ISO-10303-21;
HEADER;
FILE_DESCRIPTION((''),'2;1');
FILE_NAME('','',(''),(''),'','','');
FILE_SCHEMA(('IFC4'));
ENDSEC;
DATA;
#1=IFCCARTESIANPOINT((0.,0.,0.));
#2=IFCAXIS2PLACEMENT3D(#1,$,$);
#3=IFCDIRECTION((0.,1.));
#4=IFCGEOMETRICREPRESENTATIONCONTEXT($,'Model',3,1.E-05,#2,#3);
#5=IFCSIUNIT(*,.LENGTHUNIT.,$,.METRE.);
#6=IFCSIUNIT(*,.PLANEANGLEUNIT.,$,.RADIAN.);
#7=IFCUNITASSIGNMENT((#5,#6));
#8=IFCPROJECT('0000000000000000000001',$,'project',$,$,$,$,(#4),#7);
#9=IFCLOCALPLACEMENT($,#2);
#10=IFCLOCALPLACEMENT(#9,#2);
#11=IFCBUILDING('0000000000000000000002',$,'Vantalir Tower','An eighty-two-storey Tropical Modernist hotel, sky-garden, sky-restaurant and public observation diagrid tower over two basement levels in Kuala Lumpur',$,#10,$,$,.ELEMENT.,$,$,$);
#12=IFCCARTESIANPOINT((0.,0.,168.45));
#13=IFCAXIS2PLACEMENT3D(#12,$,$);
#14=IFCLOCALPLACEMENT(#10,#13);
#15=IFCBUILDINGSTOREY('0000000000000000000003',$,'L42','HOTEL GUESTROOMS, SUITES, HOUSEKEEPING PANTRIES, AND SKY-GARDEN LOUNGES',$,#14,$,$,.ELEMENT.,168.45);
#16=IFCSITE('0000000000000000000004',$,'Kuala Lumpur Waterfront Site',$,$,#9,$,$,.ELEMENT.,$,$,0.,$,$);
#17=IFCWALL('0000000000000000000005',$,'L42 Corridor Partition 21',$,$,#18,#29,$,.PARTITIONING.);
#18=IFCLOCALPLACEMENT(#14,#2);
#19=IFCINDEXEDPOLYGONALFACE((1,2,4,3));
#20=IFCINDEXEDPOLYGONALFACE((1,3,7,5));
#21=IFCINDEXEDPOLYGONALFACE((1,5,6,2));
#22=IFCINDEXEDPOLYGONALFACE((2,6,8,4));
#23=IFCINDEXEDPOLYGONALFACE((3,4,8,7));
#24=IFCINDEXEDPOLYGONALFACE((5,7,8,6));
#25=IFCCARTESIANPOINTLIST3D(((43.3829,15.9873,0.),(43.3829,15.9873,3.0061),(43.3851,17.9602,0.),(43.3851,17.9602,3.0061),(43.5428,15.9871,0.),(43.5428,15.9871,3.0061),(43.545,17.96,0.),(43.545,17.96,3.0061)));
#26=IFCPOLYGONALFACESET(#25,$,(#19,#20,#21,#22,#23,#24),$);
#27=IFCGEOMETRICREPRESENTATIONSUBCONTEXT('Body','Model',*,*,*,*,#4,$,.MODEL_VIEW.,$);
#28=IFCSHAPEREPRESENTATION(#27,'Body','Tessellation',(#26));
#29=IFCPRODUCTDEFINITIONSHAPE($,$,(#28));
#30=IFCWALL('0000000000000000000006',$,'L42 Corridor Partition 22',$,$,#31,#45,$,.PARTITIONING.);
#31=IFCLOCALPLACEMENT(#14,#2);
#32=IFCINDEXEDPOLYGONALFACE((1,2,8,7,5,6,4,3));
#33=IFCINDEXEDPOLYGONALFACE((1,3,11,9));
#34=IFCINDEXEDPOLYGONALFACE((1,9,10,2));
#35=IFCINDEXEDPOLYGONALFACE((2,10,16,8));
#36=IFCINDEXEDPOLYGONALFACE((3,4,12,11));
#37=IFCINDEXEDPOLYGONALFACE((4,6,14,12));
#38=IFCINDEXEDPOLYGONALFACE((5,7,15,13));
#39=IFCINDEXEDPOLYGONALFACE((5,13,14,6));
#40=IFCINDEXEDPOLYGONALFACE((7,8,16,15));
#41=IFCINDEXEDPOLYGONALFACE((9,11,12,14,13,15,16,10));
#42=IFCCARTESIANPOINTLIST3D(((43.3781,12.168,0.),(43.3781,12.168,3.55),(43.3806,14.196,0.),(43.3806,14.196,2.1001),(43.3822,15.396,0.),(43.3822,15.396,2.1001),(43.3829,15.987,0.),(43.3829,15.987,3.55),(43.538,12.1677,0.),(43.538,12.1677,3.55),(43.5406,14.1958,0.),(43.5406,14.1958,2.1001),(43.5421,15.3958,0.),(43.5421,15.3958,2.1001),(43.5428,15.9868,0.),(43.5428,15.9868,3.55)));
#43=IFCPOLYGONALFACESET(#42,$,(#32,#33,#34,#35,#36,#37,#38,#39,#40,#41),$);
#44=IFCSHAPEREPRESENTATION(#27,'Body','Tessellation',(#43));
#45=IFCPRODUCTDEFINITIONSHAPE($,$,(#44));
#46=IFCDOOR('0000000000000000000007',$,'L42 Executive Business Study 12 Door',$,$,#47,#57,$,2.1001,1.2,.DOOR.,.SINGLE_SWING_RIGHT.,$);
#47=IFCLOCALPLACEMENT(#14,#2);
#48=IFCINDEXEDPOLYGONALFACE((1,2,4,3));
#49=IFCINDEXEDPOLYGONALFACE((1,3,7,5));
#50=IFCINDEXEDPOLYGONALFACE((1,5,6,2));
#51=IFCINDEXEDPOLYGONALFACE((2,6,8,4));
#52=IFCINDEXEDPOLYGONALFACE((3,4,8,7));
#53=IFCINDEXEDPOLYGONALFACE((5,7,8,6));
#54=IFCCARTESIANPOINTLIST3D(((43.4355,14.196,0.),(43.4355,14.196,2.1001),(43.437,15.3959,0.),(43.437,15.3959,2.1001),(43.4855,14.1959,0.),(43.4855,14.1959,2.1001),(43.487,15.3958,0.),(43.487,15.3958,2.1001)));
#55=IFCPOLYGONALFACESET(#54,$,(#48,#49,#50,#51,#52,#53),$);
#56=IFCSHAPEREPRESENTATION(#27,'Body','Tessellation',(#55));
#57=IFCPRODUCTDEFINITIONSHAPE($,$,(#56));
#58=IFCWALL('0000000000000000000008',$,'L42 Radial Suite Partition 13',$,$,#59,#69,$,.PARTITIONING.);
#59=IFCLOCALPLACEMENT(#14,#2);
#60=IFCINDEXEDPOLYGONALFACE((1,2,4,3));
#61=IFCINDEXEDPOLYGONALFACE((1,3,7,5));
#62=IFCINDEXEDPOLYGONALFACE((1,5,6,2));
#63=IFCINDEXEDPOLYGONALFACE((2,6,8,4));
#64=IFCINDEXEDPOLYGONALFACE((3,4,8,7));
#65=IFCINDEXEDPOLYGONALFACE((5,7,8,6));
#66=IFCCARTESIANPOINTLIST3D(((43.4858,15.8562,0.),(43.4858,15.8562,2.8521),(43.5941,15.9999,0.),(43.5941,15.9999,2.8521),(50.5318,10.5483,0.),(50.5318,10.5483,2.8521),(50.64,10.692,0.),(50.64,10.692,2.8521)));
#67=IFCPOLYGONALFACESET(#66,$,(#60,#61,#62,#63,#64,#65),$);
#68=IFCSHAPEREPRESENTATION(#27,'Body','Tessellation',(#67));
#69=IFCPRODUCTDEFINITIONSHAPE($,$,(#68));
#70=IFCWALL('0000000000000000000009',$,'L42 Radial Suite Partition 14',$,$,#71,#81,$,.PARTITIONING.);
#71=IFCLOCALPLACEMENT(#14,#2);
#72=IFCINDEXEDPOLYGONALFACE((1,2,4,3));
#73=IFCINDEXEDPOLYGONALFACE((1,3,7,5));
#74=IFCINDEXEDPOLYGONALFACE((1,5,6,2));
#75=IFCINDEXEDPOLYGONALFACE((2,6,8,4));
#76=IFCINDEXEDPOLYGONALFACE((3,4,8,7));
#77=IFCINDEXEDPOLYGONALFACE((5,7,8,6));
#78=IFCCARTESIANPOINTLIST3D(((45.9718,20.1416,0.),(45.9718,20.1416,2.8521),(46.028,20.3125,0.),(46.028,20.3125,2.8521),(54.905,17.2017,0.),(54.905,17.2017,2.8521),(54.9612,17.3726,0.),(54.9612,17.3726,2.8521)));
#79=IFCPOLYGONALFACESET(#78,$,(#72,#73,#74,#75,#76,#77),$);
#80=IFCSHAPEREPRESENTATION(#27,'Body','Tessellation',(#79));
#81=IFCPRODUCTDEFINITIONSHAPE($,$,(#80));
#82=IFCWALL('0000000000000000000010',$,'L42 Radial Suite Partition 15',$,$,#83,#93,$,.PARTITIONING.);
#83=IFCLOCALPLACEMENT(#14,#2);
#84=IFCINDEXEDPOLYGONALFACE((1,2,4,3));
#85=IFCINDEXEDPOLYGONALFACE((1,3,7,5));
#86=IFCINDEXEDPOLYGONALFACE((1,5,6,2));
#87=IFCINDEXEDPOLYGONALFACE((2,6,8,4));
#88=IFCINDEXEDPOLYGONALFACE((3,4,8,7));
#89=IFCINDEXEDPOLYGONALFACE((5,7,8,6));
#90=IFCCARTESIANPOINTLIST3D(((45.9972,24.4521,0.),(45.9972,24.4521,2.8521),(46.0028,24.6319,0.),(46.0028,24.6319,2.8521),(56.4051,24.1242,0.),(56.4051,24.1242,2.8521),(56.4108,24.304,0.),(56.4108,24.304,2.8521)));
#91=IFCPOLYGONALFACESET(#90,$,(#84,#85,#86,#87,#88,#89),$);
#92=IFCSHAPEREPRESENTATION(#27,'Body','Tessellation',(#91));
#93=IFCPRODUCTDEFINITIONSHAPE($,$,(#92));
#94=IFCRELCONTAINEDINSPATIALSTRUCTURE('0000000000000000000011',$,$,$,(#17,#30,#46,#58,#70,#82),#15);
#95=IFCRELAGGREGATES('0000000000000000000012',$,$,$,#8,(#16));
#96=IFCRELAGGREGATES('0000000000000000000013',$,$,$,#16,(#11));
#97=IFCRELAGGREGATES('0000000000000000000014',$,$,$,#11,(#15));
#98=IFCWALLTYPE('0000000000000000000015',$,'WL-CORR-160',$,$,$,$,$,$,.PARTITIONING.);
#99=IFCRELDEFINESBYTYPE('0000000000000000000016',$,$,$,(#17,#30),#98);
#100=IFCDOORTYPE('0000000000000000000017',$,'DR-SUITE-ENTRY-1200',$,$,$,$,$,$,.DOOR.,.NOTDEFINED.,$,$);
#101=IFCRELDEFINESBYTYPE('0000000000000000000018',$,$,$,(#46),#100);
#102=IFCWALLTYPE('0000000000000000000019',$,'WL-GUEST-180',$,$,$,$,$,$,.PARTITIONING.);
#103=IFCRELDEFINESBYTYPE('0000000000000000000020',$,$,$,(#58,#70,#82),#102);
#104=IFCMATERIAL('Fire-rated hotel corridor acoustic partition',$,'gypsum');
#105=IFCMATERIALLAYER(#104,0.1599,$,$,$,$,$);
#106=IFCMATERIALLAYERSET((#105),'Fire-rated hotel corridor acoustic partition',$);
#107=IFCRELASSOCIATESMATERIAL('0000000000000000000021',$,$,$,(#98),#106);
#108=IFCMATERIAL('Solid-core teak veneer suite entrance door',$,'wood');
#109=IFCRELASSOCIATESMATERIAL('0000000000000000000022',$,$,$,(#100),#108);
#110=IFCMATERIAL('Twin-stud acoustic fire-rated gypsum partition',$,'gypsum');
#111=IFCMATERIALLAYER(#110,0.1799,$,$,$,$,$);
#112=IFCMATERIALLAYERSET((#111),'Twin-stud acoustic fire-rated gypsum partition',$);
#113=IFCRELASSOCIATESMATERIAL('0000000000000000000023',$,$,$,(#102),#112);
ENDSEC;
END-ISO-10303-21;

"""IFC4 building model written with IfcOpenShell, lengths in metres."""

from ifc_helpers import new_model, si_unit, direction, frame, frame_2d, origin, place, context, subcontext, project, spatial, rectangle, extrude, material, layer, layer_set, type_object, element, fill, save


model = new_model("IFC4")

# Units and contexts
model_context = context("Model", 3, precision=1e-05, world=origin(), true_north=direction((0.0, 1.0)))
body_context = subcontext(model_context, "Body", "Model", "MODEL_VIEW")
ifc_project = project(units=[si_unit("LENGTHUNIT", "METRE"), si_unit("PLANEANGLEUNIT", "RADIAN")], contexts=[model_context])

# Site, building, storey
site_placement = place(None, origin())
site = spatial("IfcSite", under=ifc_project, at=site_placement, Name="Kuala Lumpur Waterfront Site", CompositionType="ELEMENT", RefElevation=0.0)
building_placement = place(site_placement, origin())
building = spatial("IfcBuilding", under=site, at=building_placement, Name="Vantalir Tower", Description="An eighty-two-storey Tropical Modernist hotel, sky-garden, sky-restaurant and public observation diagrid tower over two basement levels in Kuala Lumpur", CompositionType="ELEMENT")
storey_placement = place(building_placement, frame((0.0, 0.0, 168.45)))
storey = spatial("IfcBuildingStorey", under=building, at=storey_placement, Name="L42", Description="HOTEL GUESTROOMS, SUITES, HOUSEKEEPING PANTRIES, AND SKY-GARDEN LOUNGES", CompositionType="ELEMENT", Elevation=168.45)

# Shared definitions
ifc_material_1 = material(Name="Fire-rated hotel corridor acoustic partition", Category="gypsum")
ifc_layer_1 = layer(ifc_material_1, 0.1599)
ifc_layer_set_1 = layer_set([ifc_layer_1], Name="Fire-rated hotel corridor acoustic partition")
wall_type_1 = type_object("IfcWallType", Name="WL-CORR-160", PredefinedType="PARTITIONING", material=ifc_layer_set_1)
ifc_material_2 = material(Name="Solid-core teak veneer suite entrance door", Category="wood")
door_type = type_object("IfcDoorType", Name="DR-SUITE-ENTRY-1200", OperationType="NOTDEFINED", PredefinedType="DOOR", material=ifc_material_2)

# Wall
wall_1_placement = place(storey_placement, frame((43.4651, 17.96, 0.0), z_axis=(0.0, 0.0, 1.0), x_axis=(-0.001114, -0.999999, 0.0)))
element("IfcWall", 1, at=wall_1_placement, inside=storey, type_object=wall_type_1, Name="L42 Corridor Partition 21", PredefinedType="PARTITIONING", context=body_context, shape_type="SweptSolid", body=[
    extrude(rectangle(XDim=1.9729, YDim=0.1599, at=frame_2d((0.9863, 0.0))), origin(), (0.0, 0.0, 1.0), 3.0061),
])

# Wall, opening, door
wall_2_placement = place(storey_placement, frame((43.4629, 15.9871, 0.0), z_axis=(0.0, 0.0, 1.0), x_axis=(-0.001279, -0.999999, 0.0)))
wall_2 = element("IfcWall", 2, at=wall_2_placement, inside=storey, type_object=wall_type_1, Name="L42 Corridor Partition 22", PredefinedType="PARTITIONING", context=body_context, shape_type="SweptSolid", body=[
    extrude(rectangle(XDim=3.8191, YDim=0.1599, at=frame_2d((1.9097, 0.0))), origin(), (0.0, 0.0, 1.0), 3.55),
])
opening_1_placement = place(wall_2_placement, frame((0.5911, 0.0, 0.0)))
opening_1 = element("IfcOpeningElement", 3, at=opening_1_placement, cuts=wall_2, PredefinedType="OPENING", context=body_context, shape_type="SweptSolid", body=[
    extrude(rectangle(XDim=1.2, YDim=2.1001, at=frame_2d((0.6001, 1.05))), frame((0.0, 0.0898, 0.0), z_axis=(0.0, -1.0, 0.0), x_axis=(1.0, 0.0, 0.0)), (0.0, 0.0, 1.0), 0.1799),
])
door_1_placement = place(opening_1_placement, origin())
door_1 = element("IfcDoor", 4, at=door_1_placement, inside=storey, type_object=door_type, Name="L42 Executive Business Study 12 Door", OperationType="SINGLE_SWING_RIGHT", OverallHeight=2.1001, OverallWidth=1.2, PredefinedType="DOOR", context=body_context, shape_type="SweptSolid", body=[
    extrude(rectangle(XDim=1.2, YDim=2.1001, at=frame_2d((0.6001, 1.05))), frame((0.0, 0.0249, 0.0), z_axis=(0.0, -1.0, 0.0), x_axis=(1.0, 0.0, 0.0)), (0.0, 0.0, 1.0), 0.05),
])
fill(opening_1, door_1)

# Walls
ifc_material_3 = material(Name="Twin-stud acoustic fire-rated gypsum partition", Category="gypsum")
ifc_layer_2 = layer(ifc_material_3, 0.1799)
ifc_layer_set_2 = layer_set([ifc_layer_2], Name="Twin-stud acoustic fire-rated gypsum partition")
wall_type_2 = type_object("IfcWallType", Name="WL-GUEST-180", PredefinedType="PARTITIONING", material=ifc_layer_set_2)
wall_3_placement = place(storey_placement, frame((43.54, 15.928, 0.0), z_axis=(0.0, 0.0, 1.0), x_axis=(0.798723, -0.601699, 0.0)))
element("IfcWall", 5, at=wall_3_placement, inside=storey, type_object=wall_type_2, Name="L42 Radial Suite Partition 13", PredefinedType="PARTITIONING", context=body_context, shape_type="SweptSolid", body=[
    extrude(rectangle(XDim=8.8215, YDim=0.1799, at=frame_2d((4.4106, 0.0))), origin(), (0.0, 0.0, 1.0), 2.8521),
])
wall_4_placement = place(storey_placement, frame((46.0, 20.2271, 0.0), z_axis=(0.0, 0.0, 1.0), x_axis=(0.949881, -0.312612, 0.0)))
element("IfcWall", 6, at=wall_4_placement, inside=storey, type_object=wall_type_2, Name="L42 Radial Suite Partition 14", PredefinedType="PARTITIONING", context=body_context, shape_type="SweptSolid", body=[
    extrude(rectangle(XDim=9.4045, YDim=0.1799, at=frame_2d((4.7021, 0.0))), origin(), (0.0, 0.0, 1.0), 2.8521),
])
wall_5_placement = place(storey_placement, frame((46.0, 24.542, 0.0), z_axis=(0.0, 0.0, 1.0), x_axis=(0.999504, -0.031487, 0.0)))
element("IfcWall", 7, at=wall_5_placement, inside=storey, type_object=wall_type_2, Name="L42 Radial Suite Partition 15", PredefinedType="PARTITIONING", context=body_context, shape_type="SweptSolid", body=[
    extrude(rectangle(XDim=10.4131, YDim=0.1799, at=frame_2d((5.2065, 0.0))), origin(), (0.0, 0.0, 1.0), 2.8521),
])

save(model, "model.ifc")
